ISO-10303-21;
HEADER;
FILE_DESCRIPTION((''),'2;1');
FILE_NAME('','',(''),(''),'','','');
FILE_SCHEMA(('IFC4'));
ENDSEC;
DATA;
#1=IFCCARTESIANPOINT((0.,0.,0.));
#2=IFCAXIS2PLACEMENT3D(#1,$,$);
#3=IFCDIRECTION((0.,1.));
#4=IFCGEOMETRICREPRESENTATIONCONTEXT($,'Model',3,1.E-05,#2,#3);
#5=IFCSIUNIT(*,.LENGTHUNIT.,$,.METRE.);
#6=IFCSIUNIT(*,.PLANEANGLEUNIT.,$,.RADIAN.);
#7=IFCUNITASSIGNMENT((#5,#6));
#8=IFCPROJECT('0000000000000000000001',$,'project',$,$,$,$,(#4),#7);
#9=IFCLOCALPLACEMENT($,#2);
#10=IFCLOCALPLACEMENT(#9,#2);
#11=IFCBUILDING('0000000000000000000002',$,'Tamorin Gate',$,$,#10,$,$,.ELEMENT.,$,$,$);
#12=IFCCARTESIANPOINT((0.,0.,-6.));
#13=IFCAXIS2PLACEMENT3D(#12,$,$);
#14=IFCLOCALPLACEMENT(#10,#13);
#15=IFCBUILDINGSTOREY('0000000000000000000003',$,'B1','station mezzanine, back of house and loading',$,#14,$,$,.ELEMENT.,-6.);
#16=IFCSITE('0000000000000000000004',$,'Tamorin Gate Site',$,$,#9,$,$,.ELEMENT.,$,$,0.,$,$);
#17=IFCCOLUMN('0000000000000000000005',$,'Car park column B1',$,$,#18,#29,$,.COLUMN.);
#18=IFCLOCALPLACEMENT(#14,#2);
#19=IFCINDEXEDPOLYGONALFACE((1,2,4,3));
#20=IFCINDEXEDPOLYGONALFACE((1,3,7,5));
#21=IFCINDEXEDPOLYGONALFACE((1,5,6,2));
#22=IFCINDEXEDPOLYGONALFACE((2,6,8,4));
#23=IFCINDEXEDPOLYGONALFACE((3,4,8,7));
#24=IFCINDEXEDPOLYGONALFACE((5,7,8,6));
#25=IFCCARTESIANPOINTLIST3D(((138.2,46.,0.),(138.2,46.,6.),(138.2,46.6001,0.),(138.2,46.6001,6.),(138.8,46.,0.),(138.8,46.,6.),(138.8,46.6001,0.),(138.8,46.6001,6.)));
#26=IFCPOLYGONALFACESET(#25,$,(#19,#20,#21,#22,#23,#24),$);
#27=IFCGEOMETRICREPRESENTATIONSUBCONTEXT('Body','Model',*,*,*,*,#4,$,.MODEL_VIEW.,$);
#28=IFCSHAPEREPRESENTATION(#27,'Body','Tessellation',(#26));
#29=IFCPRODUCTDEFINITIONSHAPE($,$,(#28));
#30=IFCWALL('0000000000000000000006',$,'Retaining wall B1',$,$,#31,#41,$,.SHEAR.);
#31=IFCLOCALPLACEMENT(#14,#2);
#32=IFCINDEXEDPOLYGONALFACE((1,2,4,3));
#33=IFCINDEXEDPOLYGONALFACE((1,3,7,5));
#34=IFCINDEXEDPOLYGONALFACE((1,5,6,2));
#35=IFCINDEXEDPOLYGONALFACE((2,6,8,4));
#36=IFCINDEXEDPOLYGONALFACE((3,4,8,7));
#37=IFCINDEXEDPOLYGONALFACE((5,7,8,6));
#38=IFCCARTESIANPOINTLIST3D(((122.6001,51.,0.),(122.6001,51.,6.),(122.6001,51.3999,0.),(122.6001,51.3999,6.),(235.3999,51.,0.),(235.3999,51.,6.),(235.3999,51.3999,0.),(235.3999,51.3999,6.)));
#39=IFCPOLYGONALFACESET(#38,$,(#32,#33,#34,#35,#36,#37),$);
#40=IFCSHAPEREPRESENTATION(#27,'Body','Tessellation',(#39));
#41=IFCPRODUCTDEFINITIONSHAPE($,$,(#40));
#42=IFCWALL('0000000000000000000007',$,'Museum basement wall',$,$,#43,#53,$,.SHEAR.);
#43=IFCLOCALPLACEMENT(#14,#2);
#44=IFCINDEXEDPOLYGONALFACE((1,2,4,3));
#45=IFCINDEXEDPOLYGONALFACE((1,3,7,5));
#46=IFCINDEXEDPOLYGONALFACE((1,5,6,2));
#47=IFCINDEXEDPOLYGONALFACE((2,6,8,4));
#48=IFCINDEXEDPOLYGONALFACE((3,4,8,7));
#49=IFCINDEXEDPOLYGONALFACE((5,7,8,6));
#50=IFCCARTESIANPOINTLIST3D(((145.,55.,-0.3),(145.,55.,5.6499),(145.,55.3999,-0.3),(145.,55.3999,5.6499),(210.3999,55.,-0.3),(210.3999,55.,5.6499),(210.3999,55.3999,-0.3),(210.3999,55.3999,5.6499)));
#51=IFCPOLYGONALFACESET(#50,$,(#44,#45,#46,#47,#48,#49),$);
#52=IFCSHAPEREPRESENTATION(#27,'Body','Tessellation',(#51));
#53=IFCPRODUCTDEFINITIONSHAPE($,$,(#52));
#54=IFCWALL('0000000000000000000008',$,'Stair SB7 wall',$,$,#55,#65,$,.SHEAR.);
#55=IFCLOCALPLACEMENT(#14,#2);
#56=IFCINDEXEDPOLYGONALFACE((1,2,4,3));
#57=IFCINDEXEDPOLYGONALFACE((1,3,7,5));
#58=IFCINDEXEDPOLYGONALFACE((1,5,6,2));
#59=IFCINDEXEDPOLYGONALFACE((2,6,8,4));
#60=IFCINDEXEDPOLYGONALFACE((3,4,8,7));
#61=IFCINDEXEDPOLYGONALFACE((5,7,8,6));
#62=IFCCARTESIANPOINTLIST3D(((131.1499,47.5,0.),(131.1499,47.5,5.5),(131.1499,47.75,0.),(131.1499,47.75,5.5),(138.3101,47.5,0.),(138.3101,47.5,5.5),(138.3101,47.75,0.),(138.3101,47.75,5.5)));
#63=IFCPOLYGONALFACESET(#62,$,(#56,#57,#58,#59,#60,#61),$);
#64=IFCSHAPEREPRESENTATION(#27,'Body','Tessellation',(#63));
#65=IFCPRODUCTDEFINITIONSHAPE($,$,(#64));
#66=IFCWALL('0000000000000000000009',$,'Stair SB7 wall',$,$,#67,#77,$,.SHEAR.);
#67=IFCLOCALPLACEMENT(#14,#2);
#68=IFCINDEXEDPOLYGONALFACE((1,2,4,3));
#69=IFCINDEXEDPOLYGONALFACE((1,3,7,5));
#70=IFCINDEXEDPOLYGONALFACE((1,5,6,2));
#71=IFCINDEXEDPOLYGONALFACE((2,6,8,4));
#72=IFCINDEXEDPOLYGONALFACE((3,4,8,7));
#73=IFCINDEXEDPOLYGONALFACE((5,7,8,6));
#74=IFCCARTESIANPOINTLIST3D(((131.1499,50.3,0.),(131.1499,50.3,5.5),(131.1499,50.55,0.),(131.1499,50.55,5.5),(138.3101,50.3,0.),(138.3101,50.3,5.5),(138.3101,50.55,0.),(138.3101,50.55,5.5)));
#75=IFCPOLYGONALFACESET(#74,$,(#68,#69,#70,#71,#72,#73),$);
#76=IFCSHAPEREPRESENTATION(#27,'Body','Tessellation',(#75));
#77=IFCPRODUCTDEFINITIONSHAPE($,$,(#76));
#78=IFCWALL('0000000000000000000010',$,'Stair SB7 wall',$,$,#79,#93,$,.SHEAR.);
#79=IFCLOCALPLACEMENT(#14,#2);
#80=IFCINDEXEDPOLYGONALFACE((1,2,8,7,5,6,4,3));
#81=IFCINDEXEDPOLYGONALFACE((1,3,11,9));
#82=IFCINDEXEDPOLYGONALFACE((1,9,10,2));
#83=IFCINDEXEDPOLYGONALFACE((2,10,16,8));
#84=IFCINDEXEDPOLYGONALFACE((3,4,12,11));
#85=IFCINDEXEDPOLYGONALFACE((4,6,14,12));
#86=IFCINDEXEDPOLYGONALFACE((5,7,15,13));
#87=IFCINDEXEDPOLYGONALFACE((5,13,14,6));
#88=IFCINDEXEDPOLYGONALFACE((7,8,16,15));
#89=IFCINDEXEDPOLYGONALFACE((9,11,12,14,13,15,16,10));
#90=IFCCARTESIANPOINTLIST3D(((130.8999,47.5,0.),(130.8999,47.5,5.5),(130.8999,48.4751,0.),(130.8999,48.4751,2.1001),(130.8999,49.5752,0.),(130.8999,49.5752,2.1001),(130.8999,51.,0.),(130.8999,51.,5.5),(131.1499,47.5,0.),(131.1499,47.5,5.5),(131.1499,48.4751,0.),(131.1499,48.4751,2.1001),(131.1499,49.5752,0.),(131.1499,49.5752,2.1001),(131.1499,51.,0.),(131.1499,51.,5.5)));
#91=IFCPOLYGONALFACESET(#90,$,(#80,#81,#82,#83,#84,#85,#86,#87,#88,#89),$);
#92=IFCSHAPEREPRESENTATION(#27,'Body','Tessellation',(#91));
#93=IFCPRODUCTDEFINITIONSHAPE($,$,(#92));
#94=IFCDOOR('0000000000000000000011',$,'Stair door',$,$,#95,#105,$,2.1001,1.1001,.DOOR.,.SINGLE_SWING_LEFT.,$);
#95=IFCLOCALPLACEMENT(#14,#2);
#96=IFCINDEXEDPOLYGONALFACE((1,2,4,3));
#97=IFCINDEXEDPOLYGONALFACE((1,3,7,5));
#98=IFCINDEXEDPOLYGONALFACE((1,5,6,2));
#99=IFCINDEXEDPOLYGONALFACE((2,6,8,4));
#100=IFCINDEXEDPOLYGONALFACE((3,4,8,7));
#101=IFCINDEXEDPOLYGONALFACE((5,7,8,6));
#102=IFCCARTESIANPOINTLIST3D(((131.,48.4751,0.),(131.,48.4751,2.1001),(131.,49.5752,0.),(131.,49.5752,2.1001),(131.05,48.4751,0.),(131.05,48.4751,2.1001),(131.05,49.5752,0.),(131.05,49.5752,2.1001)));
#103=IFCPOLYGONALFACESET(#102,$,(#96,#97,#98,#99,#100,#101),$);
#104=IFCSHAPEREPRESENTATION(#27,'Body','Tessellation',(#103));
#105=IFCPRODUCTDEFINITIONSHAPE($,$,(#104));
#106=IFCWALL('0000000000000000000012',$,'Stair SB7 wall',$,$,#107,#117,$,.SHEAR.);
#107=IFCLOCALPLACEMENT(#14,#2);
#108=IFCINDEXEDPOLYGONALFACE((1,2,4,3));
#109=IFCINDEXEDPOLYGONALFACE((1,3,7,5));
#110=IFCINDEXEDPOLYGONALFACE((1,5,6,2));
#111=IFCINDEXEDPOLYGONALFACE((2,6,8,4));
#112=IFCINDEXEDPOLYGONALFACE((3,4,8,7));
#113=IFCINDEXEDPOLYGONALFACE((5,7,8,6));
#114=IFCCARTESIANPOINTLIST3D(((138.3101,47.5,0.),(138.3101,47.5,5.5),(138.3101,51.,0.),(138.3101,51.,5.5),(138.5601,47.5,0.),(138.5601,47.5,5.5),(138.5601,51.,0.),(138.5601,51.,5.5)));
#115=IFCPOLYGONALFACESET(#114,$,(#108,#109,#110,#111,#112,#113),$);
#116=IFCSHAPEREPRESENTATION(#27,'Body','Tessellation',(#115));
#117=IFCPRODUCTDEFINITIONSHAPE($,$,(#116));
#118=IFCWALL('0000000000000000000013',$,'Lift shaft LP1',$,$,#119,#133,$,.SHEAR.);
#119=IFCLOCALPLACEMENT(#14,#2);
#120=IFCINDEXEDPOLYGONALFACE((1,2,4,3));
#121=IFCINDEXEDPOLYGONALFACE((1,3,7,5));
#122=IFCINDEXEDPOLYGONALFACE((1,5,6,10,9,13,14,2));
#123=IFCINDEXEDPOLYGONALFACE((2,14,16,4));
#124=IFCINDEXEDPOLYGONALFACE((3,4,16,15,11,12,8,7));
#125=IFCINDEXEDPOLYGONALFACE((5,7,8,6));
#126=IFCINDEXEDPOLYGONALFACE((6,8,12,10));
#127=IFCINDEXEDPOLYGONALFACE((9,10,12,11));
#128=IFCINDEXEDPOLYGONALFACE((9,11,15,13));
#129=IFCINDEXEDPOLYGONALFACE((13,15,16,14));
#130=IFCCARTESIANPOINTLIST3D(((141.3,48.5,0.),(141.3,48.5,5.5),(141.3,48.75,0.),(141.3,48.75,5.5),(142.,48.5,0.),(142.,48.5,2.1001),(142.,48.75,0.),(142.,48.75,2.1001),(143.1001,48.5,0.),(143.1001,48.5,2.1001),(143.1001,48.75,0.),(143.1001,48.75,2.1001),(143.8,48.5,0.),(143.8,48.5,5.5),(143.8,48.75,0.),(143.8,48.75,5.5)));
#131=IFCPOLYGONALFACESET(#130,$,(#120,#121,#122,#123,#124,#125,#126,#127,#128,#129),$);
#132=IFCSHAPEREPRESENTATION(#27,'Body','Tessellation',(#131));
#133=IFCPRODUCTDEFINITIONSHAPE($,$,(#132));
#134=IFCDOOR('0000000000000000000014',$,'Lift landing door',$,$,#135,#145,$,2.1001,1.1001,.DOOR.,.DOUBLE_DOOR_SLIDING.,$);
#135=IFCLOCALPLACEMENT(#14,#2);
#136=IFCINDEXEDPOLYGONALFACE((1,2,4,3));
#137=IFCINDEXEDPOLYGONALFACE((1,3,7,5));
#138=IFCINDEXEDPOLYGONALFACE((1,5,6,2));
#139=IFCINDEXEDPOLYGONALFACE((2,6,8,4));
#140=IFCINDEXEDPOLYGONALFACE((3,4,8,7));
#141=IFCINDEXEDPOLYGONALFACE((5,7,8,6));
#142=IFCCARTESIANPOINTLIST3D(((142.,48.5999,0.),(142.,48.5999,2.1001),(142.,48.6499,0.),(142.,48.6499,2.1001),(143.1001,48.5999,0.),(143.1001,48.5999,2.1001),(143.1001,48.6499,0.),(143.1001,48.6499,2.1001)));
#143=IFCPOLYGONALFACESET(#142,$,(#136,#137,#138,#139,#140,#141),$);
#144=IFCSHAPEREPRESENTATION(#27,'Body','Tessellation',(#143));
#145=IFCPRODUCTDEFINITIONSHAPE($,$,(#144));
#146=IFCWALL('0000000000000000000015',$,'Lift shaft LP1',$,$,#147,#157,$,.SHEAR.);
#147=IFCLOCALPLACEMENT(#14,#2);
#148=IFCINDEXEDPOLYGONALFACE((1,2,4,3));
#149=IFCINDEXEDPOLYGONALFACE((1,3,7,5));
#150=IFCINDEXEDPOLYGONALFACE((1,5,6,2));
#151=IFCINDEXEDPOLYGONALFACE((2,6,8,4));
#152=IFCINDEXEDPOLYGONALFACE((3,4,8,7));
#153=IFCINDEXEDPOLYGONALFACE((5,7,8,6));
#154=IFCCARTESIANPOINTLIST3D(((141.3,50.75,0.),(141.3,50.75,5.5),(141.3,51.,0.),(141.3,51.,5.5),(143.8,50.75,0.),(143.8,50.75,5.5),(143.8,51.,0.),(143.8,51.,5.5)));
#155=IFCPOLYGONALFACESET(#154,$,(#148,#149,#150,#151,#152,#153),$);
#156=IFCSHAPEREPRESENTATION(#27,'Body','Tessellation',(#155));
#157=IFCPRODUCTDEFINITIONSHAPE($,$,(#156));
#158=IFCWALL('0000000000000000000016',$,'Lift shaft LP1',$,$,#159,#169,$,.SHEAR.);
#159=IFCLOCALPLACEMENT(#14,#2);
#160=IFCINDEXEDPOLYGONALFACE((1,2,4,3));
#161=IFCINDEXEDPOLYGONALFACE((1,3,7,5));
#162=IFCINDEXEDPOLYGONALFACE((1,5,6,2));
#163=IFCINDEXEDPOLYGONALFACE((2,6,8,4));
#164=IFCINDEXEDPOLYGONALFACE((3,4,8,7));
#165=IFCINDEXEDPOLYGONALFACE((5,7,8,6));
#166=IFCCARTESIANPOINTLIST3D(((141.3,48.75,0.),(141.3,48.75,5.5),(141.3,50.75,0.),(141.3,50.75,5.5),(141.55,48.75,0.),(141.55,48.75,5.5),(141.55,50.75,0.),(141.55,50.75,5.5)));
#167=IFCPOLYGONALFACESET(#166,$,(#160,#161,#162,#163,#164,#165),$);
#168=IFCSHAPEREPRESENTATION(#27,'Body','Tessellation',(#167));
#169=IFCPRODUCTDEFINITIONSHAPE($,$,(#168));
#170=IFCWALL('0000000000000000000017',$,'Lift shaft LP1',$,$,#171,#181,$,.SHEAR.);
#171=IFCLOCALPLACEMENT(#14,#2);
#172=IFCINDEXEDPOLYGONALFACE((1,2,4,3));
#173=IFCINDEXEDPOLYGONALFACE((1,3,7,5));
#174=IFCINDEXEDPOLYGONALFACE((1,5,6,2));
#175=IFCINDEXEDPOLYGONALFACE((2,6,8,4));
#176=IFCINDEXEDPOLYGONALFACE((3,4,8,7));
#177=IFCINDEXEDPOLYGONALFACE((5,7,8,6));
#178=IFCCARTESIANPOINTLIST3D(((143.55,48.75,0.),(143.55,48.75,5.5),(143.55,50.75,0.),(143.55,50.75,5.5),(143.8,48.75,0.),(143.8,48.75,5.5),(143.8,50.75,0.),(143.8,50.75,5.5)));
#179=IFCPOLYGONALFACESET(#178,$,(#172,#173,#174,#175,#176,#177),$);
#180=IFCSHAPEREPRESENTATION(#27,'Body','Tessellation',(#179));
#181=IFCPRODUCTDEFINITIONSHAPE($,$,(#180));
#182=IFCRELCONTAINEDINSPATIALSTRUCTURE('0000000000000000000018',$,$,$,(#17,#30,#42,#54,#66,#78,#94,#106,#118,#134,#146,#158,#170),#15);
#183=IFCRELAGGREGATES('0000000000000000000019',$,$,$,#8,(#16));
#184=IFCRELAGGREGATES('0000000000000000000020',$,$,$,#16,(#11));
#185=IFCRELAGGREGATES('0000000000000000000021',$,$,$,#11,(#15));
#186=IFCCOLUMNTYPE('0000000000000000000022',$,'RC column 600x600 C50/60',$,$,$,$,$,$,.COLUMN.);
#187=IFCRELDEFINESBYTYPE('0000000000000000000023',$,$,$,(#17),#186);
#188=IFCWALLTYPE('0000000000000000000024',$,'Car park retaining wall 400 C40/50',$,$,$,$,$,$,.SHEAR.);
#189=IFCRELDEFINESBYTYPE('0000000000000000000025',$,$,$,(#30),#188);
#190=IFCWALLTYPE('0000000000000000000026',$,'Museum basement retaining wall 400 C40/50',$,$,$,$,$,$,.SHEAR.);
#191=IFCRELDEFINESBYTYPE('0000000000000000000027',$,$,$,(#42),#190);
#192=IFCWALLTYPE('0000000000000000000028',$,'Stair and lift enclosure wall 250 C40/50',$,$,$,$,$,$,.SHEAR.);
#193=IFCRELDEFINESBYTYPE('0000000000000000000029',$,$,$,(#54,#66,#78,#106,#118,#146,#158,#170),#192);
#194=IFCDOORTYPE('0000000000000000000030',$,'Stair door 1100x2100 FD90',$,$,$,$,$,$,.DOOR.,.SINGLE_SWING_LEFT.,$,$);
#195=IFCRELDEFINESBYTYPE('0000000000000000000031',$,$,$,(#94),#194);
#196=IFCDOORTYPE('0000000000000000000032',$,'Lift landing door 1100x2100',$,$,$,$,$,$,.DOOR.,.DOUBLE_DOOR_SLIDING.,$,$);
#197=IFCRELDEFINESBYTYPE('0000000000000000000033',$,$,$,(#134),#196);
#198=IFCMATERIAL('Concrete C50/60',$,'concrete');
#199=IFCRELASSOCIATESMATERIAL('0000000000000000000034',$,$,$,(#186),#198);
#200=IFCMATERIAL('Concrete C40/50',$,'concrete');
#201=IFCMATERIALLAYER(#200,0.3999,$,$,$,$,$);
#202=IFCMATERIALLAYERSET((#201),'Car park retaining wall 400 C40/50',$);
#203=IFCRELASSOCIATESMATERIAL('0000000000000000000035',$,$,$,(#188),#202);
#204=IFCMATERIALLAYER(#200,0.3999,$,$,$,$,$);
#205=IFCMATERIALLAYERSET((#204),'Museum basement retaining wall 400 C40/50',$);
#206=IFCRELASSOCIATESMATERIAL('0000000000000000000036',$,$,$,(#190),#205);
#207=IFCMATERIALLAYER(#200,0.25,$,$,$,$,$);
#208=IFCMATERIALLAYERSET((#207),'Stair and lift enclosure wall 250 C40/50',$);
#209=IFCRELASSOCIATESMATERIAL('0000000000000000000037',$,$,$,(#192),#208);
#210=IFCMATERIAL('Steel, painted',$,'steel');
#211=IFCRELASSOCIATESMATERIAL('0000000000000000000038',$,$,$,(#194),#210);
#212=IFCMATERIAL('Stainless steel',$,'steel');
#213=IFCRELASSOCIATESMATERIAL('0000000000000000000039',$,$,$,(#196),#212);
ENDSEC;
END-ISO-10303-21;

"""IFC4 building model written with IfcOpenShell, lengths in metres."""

from ifc_helpers import new_model, si_unit, direction, frame, frame_2d, origin, origin_2d, place, context, subcontext, project, spatial, rectangle, extrude, material, layer, layer_set, material_profile, profile_set, type_object, element, fill, save


model = new_model("IFC4")

# Units and contexts
model_context = context("Model", 3, precision=1e-05, world=origin(), true_north=direction((0.0, 1.0)))
body_context = subcontext(model_context, "Body", "Model", "MODEL_VIEW")
ifc_project = project(units=[si_unit("LENGTHUNIT", "METRE"), si_unit("PLANEANGLEUNIT", "RADIAN")], contexts=[model_context])

# Site, building, storey
site_placement = place(None, origin())
site = spatial("IfcSite", under=ifc_project, at=site_placement, Name="Tamorin Gate Site", CompositionType="ELEMENT", RefElevation=0.0)
building_placement = place(site_placement, origin())
building = spatial("IfcBuilding", under=site, at=building_placement, Name="Tamorin Gate", CompositionType="ELEMENT")
storey_placement = place(building_placement, frame((0.0, 0.0, -6.0)))
storey = spatial("IfcBuildingStorey", under=building, at=storey_placement, Name="B1", Description="station mezzanine, back of house and loading", CompositionType="ELEMENT", Elevation=-6.0)

# Shared definitions
ifc_material_1 = material(Name="Concrete C40/50", Category="concrete")

# Column
ifc_material_2 = material(Name="Concrete C50/60", Category="concrete")
ifc_material_profile_1 = material_profile(ifc_material_2, rectangle(XDim=0.6001, YDim=0.6001, at=origin_2d()))
ifc_profile_set_1 = profile_set([ifc_material_profile_1], Name="Concrete C50/60")
column_type_1 = type_object("IfcColumnType", Name="RC column 600x600 C50/60", PredefinedType="COLUMN", material=ifc_profile_set_1)
for number, where, z_axis, x_axis, name in (
    (1, (138.5, 46.3, 0.0), (0.0, 0.0, 1.0), (1.0, 0.0, 0.0), "Car park column B1"),
):
    element("IfcColumn", number, at=place(storey_placement, frame(where, z_axis=z_axis, x_axis=x_axis)), inside=storey, type_object=column_type_1, Name=name, PredefinedType="COLUMN", context=body_context, shape_type="SweptSolid", body=[
        extrude(rectangle(XDim=0.6001, YDim=0.6001, at=origin_2d()), origin(), (0.0, 0.0, 1.0), 6.0),
    ])

# Walls
ifc_layer_1 = layer(ifc_material_1, 0.3999)
ifc_layer_set_1 = layer_set([ifc_layer_1], Name="Car park retaining wall 400 C40/50")
wall_type_1 = type_object("IfcWallType", Name="Car park retaining wall 400 C40/50", PredefinedType="SHEAR", material=ifc_layer_set_1)
wall_1_placement = place(storey_placement, frame((122.6001, 51.2, 0.0), z_axis=(0.0, 0.0, 1.0), x_axis=(1.0, 0.0, 0.0)))
element("IfcWall", 2, at=wall_1_placement, inside=storey, type_object=wall_type_1, Name="Retaining wall B1", PredefinedType="SHEAR", context=body_context, shape_type="SweptSolid", body=[
    extrude(rectangle(XDim=112.7998, YDim=0.3999, at=frame_2d((56.3999, 0.0))), origin(), (0.0, 0.0, 1.0), 6.0),
])
ifc_layer_2 = layer(ifc_material_1, 0.3999)
ifc_layer_set_2 = layer_set([ifc_layer_2], Name="Museum basement retaining wall 400 C40/50")
wall_type_2 = type_object("IfcWallType", Name="Museum basement retaining wall 400 C40/50", PredefinedType="SHEAR", material=ifc_layer_set_2)
wall_2_placement = place(storey_placement, frame((145.0, 55.2, -0.3), z_axis=(0.0, 0.0, 1.0), x_axis=(1.0, 0.0, 0.0)))
element("IfcWall", 3, at=wall_2_placement, inside=storey, type_object=wall_type_2, Name="Museum basement wall", PredefinedType="SHEAR", context=body_context, shape_type="SweptSolid", body=[
    extrude(rectangle(XDim=65.3999, YDim=0.3999, at=frame_2d((32.7, 0.0))), origin(), (0.0, 0.0, 1.0), 5.95),
])
ifc_layer_3 = layer(ifc_material_1, 0.25)
ifc_layer_set_3 = layer_set([ifc_layer_3], Name="Stair and lift enclosure wall 250 C40/50")
wall_type_3 = type_object("IfcWallType", Name="Stair and lift enclosure wall 250 C40/50", PredefinedType="SHEAR", material=ifc_layer_set_3)
for number, where, z_axis, x_axis, name in (
    (4, (131.1499, 47.625, 0.0), (0.0, 0.0, 1.0), (1.0, 0.0, 0.0), "Stair SB7 wall"),
    (5, (131.1499, 50.425, 0.0), (0.0, 0.0, 1.0), (1.0, 0.0, 0.0), "Stair SB7 wall"),
):
    element("IfcWall", number, at=place(storey_placement, frame(where, z_axis=z_axis, x_axis=x_axis)), inside=storey, type_object=wall_type_3, Name=name, PredefinedType="SHEAR", context=body_context, shape_type="SweptSolid", body=[
        extrude(rectangle(XDim=7.1602, YDim=0.25, at=frame_2d((3.5801, 0.0))), origin(), (0.0, 0.0, 1.0), 5.5),
    ])

# Wall, opening, door
wall_3_placement = place(storey_placement, frame((131.0249, 47.5, 0.0), z_axis=(0.0, 0.0, 1.0), x_axis=(0.0, 1.0, 0.0)))
wall_3 = element("IfcWall", 6, at=wall_3_placement, inside=storey, type_object=wall_type_3, Name="Stair SB7 wall", PredefinedType="SHEAR", context=body_context, shape_type="SweptSolid", body=[
    extrude(rectangle(XDim=3.5, YDim=0.25, at=frame_2d((1.75, 0.0))), origin(), (0.0, 0.0, 1.0), 5.5),
])
opening_1_placement = place(wall_3_placement, frame((0.9751, 0.0, 0.0)))
opening_1 = element("IfcOpeningElement", 7, at=opening_1_placement, cuts=wall_3, PredefinedType="OPENING", context=body_context, shape_type="SweptSolid", body=[
    extrude(rectangle(XDim=1.1001, YDim=2.1001, at=frame_2d((0.55, 1.05))), frame((0.0, 0.135, 0.0), z_axis=(0.0, -1.0, 0.0), x_axis=(1.0, 0.0, 0.0)), (0.0, 0.0, 1.0), 0.27),
])
ifc_material_3 = material(Name="Steel, painted", Category="steel")
door_type_1 = type_object("IfcDoorType", Name="Stair door 1100x2100 FD90", OperationType="SINGLE_SWING_LEFT", PredefinedType="DOOR", material=ifc_material_3)
door_1_placement = place(opening_1_placement, origin())
door_1 = element("IfcDoor", 8, at=door_1_placement, inside=storey, type_object=door_type_1, Name="Stair door", OperationType="SINGLE_SWING_LEFT", OverallHeight=2.1001, OverallWidth=1.1001, PredefinedType="DOOR", context=body_context, shape_type="SweptSolid", body=[
    extrude(rectangle(XDim=1.1001, YDim=2.1001, at=frame_2d((0.55, 1.05))), frame((0.0, 0.0249, 0.0), z_axis=(0.0, -1.0, 0.0), x_axis=(1.0, 0.0, 0.0)), (0.0, 0.0, 1.0), 0.05),
])
fill(opening_1, door_1)

# Wall
wall_4_placement = place(storey_placement, frame((138.4351, 47.5, 0.0), z_axis=(0.0, 0.0, 1.0), x_axis=(0.0, 1.0, 0.0)))
element("IfcWall", 9, at=wall_4_placement, inside=storey, type_object=wall_type_3, Name="Stair SB7 wall", PredefinedType="SHEAR", context=body_context, shape_type="SweptSolid", body=[
    extrude(rectangle(XDim=3.5, YDim=0.25, at=frame_2d((1.75, 0.0))), origin(), (0.0, 0.0, 1.0), 5.5),
])

# Wall, opening, door
wall_5_placement = place(storey_placement, frame((141.3, 48.625, 0.0), z_axis=(0.0, 0.0, 1.0), x_axis=(1.0, 0.0, 0.0)))
wall_5 = element("IfcWall", 10, at=wall_5_placement, inside=storey, type_object=wall_type_3, Name="Lift shaft LP1", PredefinedType="SHEAR", context=body_context, shape_type="SweptSolid", body=[
    extrude(rectangle(XDim=2.5, YDim=0.25, at=frame_2d((1.25, 0.0))), origin(), (0.0, 0.0, 1.0), 5.5),
])
opening_2_placement = place(wall_5_placement, frame((0.7, 0.0, 0.0)))
opening_2 = element("IfcOpeningElement", 11, at=opening_2_placement, cuts=wall_5, PredefinedType="OPENING", context=body_context, shape_type="SweptSolid", body=[
    extrude(rectangle(XDim=1.1001, YDim=2.1001, at=frame_2d((0.55, 1.05))), frame((0.0, 0.135, 0.0), z_axis=(0.0, -1.0, 0.0), x_axis=(1.0, 0.0, 0.0)), (0.0, 0.0, 1.0), 0.27),
])
ifc_material_4 = material(Name="Stainless steel", Category="steel")
door_type_2 = type_object("IfcDoorType", Name="Lift landing door 1100x2100", OperationType="DOUBLE_DOOR_SLIDING", PredefinedType="DOOR", material=ifc_material_4)
door_2_placement = place(opening_2_placement, origin())
door_2 = element("IfcDoor", 12, at=door_2_placement, inside=storey, type_object=door_type_2, Name="Lift landing door", OperationType="DOUBLE_DOOR_SLIDING", OverallHeight=2.1001, OverallWidth=1.1001, PredefinedType="DOOR", context=body_context, shape_type="SweptSolid", body=[
    extrude(rectangle(XDim=1.1001, YDim=2.1001, at=frame_2d((0.55, 1.05))), frame((0.0, 0.0249, 0.0), z_axis=(0.0, -1.0, 0.0), x_axis=(1.0, 0.0, 0.0)), (0.0, 0.0, 1.0), 0.05),
])
fill(opening_2, door_2)

# Walls
wall_6_placement = place(storey_placement, frame((141.3, 50.875, 0.0), z_axis=(0.0, 0.0, 1.0), x_axis=(1.0, 0.0, 0.0)))
element("IfcWall", 13, at=wall_6_placement, inside=storey, type_object=wall_type_3, Name="Lift shaft LP1", PredefinedType="SHEAR", context=body_context, shape_type="SweptSolid", body=[
    extrude(rectangle(XDim=2.5, YDim=0.25, at=frame_2d((1.25, 0.0))), origin(), (0.0, 0.0, 1.0), 5.5),
])
for number, where, z_axis, x_axis, name in (
    (14, (141.425, 48.75, 0.0), (0.0, 0.0, 1.0), (0.0, 1.0, 0.0), "Lift shaft LP1"),
    (15, (143.675, 48.75, 0.0), (0.0, 0.0, 1.0), (0.0, 1.0, 0.0), "Lift shaft LP1"),
):
    element("IfcWall", number, at=place(storey_placement, frame(where, z_axis=z_axis, x_axis=x_axis)), inside=storey, type_object=wall_type_3, Name=name, PredefinedType="SHEAR", context=body_context, shape_type="SweptSolid", body=[
        extrude(rectangle(XDim=2.0, YDim=0.25, at=frame_2d((1.0, 0.0))), origin(), (0.0, 0.0, 1.0), 5.5),
    ])

save(model, "model.ifc")
